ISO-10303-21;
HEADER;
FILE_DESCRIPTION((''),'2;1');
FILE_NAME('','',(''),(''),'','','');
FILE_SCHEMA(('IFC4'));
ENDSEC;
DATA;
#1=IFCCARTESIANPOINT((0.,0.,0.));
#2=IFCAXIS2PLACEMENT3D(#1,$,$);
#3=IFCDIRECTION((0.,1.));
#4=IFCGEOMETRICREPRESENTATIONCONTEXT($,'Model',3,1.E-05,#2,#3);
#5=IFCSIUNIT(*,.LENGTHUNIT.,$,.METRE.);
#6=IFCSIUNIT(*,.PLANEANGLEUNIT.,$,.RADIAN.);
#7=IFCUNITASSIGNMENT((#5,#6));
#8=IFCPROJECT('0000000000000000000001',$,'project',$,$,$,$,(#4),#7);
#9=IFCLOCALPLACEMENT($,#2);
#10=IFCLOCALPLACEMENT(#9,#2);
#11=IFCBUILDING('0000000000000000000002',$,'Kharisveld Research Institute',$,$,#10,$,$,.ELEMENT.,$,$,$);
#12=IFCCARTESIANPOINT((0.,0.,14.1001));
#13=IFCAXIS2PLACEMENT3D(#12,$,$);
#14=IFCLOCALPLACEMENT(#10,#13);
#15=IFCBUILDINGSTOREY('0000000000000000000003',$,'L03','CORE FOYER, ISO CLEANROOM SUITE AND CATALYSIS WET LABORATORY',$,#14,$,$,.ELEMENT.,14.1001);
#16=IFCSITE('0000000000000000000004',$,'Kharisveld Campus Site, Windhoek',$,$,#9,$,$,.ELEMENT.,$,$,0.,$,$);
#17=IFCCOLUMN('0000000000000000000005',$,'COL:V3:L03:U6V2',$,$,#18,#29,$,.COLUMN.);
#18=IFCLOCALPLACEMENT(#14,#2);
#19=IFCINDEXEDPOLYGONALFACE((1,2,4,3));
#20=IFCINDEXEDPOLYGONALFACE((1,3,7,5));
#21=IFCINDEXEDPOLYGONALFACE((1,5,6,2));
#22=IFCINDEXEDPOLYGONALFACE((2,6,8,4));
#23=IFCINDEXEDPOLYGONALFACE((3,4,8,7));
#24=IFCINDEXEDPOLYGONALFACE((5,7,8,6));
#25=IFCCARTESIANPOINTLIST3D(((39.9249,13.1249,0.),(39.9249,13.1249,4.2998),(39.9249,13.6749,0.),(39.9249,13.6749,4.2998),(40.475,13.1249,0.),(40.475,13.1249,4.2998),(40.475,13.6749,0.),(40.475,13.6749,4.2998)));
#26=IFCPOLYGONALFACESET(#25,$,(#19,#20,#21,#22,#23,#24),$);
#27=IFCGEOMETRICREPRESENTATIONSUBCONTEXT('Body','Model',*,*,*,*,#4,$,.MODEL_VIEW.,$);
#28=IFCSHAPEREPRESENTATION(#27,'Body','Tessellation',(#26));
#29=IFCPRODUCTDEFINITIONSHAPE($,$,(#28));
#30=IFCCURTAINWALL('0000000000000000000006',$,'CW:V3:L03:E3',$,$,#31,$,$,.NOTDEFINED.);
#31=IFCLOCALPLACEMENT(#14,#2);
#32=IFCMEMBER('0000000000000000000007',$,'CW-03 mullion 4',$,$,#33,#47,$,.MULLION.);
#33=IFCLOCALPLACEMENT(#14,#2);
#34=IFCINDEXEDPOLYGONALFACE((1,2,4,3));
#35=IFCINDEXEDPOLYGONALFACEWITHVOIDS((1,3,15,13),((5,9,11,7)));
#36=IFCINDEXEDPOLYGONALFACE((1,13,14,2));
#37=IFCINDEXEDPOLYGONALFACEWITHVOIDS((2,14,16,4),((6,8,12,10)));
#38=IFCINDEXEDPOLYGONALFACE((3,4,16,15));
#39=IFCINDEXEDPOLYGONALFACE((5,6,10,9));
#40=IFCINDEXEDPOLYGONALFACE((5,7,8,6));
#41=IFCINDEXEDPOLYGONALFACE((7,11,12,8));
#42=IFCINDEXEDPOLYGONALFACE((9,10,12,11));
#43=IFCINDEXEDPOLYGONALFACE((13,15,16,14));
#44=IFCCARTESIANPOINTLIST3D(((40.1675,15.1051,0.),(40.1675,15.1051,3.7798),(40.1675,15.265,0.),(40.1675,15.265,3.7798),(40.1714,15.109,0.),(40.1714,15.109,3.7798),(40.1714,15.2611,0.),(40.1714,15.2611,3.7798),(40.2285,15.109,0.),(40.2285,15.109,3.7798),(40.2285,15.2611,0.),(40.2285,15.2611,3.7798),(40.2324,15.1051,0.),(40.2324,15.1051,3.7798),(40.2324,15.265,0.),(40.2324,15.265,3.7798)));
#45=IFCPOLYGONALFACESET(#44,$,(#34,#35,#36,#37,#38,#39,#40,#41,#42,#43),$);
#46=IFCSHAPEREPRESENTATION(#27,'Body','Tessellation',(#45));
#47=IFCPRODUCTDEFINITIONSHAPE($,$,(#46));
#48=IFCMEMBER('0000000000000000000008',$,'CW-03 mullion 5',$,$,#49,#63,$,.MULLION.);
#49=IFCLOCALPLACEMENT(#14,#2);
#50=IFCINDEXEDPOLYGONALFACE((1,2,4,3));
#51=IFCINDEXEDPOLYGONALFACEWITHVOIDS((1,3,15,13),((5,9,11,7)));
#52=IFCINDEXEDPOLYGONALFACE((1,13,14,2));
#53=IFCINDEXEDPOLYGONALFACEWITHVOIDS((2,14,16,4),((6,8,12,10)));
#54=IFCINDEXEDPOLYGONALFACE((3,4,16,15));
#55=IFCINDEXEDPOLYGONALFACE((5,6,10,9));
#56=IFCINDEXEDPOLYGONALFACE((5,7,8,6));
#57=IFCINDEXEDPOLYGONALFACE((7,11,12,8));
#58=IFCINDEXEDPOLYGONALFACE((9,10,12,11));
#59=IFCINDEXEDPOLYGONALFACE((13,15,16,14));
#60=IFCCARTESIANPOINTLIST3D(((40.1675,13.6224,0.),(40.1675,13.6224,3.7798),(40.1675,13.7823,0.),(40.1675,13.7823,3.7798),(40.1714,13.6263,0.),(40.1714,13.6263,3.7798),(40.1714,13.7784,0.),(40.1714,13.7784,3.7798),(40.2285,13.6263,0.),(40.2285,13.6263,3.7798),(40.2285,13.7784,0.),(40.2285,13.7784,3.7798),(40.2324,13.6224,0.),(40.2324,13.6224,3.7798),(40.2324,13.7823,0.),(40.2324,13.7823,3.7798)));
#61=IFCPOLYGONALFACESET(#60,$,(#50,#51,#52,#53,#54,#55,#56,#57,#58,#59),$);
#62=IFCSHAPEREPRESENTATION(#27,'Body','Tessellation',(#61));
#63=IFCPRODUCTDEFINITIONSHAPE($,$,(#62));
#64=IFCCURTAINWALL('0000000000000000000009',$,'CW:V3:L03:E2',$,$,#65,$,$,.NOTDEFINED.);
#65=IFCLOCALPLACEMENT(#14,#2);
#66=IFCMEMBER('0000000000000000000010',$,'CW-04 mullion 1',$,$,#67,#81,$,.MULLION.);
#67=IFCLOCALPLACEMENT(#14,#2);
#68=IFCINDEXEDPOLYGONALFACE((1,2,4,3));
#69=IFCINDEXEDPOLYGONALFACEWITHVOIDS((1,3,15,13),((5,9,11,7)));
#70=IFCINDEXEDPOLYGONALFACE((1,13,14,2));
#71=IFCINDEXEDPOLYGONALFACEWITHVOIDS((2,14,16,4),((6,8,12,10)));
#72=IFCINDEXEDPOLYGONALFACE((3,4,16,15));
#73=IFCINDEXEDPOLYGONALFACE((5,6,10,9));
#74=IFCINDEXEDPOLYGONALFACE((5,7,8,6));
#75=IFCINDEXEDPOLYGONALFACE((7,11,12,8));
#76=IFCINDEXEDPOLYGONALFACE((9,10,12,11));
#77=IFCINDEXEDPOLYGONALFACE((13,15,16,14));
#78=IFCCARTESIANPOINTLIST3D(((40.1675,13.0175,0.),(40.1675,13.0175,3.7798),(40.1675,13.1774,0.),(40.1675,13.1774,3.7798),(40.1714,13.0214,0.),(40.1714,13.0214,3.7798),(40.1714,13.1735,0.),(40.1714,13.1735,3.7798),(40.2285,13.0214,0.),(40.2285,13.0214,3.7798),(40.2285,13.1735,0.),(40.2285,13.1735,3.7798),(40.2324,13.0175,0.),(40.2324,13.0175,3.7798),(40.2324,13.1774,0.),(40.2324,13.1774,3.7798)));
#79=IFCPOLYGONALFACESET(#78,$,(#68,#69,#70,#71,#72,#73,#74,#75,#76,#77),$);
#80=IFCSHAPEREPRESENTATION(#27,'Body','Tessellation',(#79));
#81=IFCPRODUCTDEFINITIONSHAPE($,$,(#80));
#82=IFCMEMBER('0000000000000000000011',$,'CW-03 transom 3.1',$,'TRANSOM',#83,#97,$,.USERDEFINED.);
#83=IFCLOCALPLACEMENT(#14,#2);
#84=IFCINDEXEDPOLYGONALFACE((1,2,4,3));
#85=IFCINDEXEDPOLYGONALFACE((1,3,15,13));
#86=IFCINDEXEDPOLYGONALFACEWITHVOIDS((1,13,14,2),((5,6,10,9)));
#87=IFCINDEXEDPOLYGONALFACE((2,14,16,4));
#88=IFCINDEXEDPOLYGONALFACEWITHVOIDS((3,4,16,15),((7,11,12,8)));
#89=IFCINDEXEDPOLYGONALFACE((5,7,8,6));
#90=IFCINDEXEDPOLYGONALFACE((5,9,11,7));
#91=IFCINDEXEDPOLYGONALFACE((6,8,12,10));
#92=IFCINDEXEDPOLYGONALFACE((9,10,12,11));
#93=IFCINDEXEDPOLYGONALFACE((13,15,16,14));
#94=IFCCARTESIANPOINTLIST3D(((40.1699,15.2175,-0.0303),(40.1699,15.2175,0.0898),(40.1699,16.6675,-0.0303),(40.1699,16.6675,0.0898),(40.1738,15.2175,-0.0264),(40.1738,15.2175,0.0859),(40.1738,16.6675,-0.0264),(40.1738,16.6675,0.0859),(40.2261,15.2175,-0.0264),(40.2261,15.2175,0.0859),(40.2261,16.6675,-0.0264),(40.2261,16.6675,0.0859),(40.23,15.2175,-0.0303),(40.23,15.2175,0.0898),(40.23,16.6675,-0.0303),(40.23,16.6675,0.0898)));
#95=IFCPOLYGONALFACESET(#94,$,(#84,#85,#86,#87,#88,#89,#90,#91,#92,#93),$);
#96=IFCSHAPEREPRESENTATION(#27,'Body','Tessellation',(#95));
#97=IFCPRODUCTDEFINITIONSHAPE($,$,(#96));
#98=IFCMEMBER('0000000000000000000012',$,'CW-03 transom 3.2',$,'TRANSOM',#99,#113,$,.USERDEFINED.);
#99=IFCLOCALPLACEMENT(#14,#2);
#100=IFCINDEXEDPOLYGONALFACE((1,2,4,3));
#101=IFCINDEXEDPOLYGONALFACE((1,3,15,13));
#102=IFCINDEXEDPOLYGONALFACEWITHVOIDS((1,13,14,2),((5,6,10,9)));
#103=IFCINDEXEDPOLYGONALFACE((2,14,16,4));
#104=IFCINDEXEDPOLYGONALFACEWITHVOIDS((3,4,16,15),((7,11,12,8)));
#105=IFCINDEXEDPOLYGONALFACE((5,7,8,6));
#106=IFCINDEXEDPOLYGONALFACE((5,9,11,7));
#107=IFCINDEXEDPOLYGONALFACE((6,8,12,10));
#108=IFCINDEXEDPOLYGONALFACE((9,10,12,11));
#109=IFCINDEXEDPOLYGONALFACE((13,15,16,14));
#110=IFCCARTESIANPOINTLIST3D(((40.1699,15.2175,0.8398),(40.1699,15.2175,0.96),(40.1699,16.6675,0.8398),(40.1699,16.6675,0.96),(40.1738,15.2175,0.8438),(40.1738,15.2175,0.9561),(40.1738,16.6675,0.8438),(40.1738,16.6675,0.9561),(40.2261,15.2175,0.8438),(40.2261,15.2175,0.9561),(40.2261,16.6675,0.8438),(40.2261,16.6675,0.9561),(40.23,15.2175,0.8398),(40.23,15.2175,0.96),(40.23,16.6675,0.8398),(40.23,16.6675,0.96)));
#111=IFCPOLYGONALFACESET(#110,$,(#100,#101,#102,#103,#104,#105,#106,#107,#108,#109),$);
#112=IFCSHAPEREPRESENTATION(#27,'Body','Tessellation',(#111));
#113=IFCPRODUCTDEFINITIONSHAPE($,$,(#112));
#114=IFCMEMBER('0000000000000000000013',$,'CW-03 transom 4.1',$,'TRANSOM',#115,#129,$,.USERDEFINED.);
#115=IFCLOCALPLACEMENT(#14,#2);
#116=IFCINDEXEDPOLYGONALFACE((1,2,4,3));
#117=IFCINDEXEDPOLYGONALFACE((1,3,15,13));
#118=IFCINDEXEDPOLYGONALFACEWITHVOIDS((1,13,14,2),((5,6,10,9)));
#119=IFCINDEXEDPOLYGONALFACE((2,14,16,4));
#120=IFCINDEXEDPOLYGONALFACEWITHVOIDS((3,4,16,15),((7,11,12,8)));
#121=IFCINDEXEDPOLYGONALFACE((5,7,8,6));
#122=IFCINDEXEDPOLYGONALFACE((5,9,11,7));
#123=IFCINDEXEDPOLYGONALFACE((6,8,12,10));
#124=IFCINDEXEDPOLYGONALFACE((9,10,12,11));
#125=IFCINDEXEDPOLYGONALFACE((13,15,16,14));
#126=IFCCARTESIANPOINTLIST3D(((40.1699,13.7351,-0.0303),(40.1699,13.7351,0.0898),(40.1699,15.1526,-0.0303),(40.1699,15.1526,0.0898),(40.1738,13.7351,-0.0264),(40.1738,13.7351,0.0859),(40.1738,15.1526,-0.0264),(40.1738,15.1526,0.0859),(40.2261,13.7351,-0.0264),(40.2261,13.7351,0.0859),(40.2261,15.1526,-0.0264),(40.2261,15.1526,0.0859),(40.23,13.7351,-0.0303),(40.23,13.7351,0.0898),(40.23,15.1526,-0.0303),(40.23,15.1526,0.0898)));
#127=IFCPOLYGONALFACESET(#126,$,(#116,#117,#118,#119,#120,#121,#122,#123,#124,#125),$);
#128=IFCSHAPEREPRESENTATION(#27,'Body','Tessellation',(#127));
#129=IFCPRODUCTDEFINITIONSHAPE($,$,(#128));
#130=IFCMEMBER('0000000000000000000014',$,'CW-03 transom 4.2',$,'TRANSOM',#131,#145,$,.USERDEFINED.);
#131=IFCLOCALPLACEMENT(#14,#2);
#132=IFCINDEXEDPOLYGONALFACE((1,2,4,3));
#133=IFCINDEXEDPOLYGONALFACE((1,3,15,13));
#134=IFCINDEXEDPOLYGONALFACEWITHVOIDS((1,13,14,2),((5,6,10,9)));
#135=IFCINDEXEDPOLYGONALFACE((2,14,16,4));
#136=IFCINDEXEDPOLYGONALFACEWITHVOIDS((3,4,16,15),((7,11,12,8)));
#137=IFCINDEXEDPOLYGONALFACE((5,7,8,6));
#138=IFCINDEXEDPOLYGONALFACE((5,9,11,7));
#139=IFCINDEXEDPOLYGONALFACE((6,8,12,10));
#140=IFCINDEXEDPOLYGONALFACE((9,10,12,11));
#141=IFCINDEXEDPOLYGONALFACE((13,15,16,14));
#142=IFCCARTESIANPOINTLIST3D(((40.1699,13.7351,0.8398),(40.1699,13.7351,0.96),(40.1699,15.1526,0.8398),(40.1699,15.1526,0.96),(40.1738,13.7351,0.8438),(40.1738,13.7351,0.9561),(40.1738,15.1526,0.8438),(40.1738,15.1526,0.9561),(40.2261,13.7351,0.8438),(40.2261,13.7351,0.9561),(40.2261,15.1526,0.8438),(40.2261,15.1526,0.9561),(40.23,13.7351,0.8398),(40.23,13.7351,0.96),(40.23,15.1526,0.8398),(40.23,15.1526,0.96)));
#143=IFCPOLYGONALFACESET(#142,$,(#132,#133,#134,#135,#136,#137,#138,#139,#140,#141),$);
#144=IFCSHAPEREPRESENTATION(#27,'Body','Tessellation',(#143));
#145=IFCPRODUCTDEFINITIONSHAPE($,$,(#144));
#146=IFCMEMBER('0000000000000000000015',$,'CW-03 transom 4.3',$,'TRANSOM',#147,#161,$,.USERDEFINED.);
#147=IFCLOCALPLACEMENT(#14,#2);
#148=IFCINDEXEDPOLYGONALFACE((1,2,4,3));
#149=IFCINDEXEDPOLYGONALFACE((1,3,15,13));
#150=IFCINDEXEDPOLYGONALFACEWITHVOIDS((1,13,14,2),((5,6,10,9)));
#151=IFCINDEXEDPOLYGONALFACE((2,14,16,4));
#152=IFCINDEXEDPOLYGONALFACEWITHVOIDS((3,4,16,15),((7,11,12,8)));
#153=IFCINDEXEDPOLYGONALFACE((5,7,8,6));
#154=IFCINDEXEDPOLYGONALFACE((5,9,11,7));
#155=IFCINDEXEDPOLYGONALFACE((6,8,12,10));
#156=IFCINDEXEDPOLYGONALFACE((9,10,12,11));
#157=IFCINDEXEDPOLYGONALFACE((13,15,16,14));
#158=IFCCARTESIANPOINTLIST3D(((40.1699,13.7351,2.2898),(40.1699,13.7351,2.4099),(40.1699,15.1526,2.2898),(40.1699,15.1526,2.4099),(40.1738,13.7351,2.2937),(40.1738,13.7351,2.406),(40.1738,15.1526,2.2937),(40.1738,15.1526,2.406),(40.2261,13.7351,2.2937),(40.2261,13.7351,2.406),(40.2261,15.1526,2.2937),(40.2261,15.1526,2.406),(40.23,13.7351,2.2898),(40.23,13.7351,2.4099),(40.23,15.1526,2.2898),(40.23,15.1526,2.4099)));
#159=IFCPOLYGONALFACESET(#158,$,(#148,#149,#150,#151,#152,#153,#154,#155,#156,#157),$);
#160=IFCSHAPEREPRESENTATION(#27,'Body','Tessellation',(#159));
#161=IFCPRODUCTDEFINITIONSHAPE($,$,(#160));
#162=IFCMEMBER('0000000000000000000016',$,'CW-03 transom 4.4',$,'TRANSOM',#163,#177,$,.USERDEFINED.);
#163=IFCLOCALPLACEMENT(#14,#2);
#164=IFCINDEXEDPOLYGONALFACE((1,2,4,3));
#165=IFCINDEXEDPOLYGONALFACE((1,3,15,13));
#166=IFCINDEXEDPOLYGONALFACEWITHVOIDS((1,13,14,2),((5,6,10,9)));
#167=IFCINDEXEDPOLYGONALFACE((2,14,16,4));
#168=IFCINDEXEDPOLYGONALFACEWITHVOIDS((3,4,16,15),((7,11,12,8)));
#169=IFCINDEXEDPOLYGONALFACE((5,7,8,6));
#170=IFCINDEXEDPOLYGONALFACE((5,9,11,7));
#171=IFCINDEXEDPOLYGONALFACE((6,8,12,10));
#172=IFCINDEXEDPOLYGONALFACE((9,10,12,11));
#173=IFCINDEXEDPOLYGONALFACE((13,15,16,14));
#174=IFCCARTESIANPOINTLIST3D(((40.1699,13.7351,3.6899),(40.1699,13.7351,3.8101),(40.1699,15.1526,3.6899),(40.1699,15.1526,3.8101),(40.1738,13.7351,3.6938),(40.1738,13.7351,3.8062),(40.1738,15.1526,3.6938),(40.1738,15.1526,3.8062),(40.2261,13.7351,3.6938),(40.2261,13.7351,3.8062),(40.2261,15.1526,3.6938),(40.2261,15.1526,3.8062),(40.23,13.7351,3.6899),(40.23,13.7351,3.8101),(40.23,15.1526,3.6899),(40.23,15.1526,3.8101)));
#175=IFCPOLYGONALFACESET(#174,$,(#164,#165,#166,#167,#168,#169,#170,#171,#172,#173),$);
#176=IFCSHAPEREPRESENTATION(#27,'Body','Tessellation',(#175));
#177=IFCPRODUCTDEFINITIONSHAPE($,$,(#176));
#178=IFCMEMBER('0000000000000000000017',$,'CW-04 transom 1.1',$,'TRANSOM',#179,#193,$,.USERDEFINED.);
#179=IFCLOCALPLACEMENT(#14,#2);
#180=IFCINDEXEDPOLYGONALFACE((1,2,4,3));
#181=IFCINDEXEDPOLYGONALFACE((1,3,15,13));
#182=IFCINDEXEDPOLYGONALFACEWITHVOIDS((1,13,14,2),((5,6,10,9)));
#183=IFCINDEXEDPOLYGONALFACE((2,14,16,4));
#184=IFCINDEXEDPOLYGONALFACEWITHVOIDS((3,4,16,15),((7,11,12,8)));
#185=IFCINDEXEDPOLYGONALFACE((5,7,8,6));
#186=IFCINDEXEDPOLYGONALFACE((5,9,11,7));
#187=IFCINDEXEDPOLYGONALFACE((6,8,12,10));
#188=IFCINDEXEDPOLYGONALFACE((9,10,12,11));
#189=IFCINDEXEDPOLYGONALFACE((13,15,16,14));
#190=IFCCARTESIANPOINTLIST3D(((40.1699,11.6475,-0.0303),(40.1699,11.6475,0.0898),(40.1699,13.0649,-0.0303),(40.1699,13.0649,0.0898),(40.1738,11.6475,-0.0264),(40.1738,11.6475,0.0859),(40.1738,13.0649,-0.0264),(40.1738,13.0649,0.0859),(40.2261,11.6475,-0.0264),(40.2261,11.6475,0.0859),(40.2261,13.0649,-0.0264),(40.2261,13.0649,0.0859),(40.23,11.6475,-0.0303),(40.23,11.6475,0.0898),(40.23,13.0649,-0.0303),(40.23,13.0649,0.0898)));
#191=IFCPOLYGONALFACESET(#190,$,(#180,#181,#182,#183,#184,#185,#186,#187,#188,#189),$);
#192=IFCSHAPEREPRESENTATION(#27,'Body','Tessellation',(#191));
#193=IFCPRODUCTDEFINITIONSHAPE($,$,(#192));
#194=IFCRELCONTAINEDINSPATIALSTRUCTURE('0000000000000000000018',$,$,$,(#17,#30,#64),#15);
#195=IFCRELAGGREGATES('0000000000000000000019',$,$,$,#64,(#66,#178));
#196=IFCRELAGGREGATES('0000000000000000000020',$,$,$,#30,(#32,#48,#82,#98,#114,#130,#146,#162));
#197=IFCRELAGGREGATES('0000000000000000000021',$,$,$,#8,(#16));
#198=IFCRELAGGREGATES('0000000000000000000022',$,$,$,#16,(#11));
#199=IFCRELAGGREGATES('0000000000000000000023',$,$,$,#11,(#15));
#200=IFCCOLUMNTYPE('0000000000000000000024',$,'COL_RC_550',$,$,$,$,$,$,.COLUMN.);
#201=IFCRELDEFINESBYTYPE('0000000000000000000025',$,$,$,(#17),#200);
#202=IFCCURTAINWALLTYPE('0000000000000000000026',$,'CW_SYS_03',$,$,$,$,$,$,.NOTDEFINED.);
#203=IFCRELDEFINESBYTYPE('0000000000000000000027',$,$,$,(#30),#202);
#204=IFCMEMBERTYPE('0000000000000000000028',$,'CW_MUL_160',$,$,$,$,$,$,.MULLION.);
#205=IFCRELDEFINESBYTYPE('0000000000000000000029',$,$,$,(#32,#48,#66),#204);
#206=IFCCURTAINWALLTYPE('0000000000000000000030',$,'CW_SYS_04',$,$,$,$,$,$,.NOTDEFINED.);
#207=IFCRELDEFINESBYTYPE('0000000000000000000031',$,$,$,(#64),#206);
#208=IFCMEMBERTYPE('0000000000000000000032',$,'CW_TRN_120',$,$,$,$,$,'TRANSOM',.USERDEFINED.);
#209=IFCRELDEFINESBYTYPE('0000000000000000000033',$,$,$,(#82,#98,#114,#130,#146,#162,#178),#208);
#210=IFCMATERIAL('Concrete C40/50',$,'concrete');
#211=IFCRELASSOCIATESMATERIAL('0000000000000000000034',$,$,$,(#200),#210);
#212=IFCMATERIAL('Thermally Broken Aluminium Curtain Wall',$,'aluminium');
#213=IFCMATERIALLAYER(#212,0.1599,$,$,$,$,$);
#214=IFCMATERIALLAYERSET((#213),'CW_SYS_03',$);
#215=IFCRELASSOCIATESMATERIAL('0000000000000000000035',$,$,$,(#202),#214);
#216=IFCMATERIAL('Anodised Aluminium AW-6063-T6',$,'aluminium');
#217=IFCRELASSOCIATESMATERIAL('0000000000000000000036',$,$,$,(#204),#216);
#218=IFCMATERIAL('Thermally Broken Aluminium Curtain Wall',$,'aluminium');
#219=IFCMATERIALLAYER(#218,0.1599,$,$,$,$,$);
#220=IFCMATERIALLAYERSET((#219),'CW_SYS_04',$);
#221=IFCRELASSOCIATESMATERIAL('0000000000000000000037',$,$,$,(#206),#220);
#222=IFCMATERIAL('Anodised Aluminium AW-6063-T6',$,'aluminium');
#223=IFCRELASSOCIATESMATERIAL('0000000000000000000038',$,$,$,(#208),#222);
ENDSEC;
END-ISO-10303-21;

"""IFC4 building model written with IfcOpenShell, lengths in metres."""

from ifc_helpers import new_model, si_unit, direction, frame, origin, origin_2d, place, context, subcontext, project, spatial, rectangle, hollow_rectangle, extrude, material, layer, layer_set, material_profile, profile_set, type_object, element, aggregate, save


model = new_model("IFC4")

# Units and contexts
model_context = context("Model", 3, precision=1e-05, world=origin(), true_north=direction((0.0, 1.0)))
body_context = subcontext(model_context, "Body", "Model", "MODEL_VIEW")
ifc_project = project(units=[si_unit("LENGTHUNIT", "METRE"), si_unit("PLANEANGLEUNIT", "RADIAN")], contexts=[model_context])

# Site, building, storey
site_placement = place(None, origin())
site = spatial("IfcSite", under=ifc_project, at=site_placement, Name="Kharisveld Campus Site, Windhoek", CompositionType="ELEMENT", RefElevation=0.0)
building_placement = place(site_placement, origin())
building = spatial("IfcBuilding", under=site, at=building_placement, Name="Kharisveld Research Institute", CompositionType="ELEMENT")
storey_placement = place(building_placement, frame((0.0, 0.0, 14.1001)))
storey = spatial("IfcBuildingStorey", under=building, at=storey_placement, Name="L03", Description="CORE FOYER, ISO CLEANROOM SUITE AND CATALYSIS WET LABORATORY", CompositionType="ELEMENT", Elevation=14.1001)

# Column
ifc_material_1 = material(Name="Concrete C40/50", Category="concrete")
ifc_material_profile_1 = material_profile(ifc_material_1, rectangle(XDim=0.55, YDim=0.55, at=origin_2d()))
ifc_profile_set_1 = profile_set([ifc_material_profile_1], Name="Concrete C40/50")
column_type = type_object("IfcColumnType", Name="COL_RC_550", PredefinedType="COLUMN", material=ifc_profile_set_1)
column_placement = place(storey_placement, frame((40.2, 13.3999, 0.0), z_axis=(0.0, 0.0, 1.0), x_axis=(1.0, 0.0, 0.0)))
element("IfcColumn", 1, at=column_placement, inside=storey, type_object=column_type, Name="COL:V3:L03:U6V2", PredefinedType="COLUMN", context=body_context, shape_type="SweptSolid", body=[
    extrude(rectangle(XDim=0.55, YDim=0.55, at=origin_2d()), origin(), (0.0, 0.0, 1.0), 4.2998),
])

# Curtain wall, members
ifc_material_2 = material(Name="Thermally Broken Aluminium Curtain Wall", Category="aluminium")
ifc_layer_1 = layer(ifc_material_2, 0.1599)
ifc_layer_set_1 = layer_set([ifc_layer_1], Name="CW_SYS_03")
curtain_wall_type_1 = type_object("IfcCurtainWallType", Name="CW_SYS_03", PredefinedType="NOTDEFINED", material=ifc_layer_set_1)
curtain_wall_1_placement = place(storey_placement, origin())
curtain_wall_1 = element("IfcCurtainWall", 2, at=curtain_wall_1_placement, inside=storey, type_object=curtain_wall_type_1, Name="CW:V3:L03:E3", PredefinedType="NOTDEFINED")
ifc_material_3 = material(Name="Anodised Aluminium AW-6063-T6", Category="aluminium")
ifc_material_profile_2 = material_profile(ifc_material_3, hollow_rectangle(XDim=0.0649, YDim=0.1599, WallThickness=0.0039, at=origin_2d()))
ifc_profile_set_2 = profile_set([ifc_material_profile_2], Name="Anodised Aluminium AW-6063-T6")
member_type_1 = type_object("IfcMemberType", Name="CW_MUL_160", PredefinedType="MULLION", material=ifc_profile_set_2)
member_1_placement = place(storey_placement, frame((40.2, 15.1851, 0.0), z_axis=(0.0, 0.0, 1.0), x_axis=(1.0, 0.0, 0.0)))
member_1 = element("IfcMember", 3, at=member_1_placement, type_object=member_type_1, Name="CW-03 mullion 4", PredefinedType="MULLION", context=body_context, shape_type="SweptSolid", body=[
    extrude(hollow_rectangle(XDim=0.0649, YDim=0.1599, WallThickness=0.0039, at=origin_2d()), origin(), (0.0, 0.0, 1.0), 3.7798),
])
member_2_placement = place(storey_placement, frame((40.2, 13.7024, 0.0), z_axis=(0.0, 0.0, 1.0), x_axis=(1.0, 0.0, 0.0)))
member_2 = element("IfcMember", 4, at=member_2_placement, type_object=member_type_1, Name="CW-03 mullion 5", PredefinedType="MULLION", context=body_context, shape_type="SweptSolid", body=[
    extrude(hollow_rectangle(XDim=0.0649, YDim=0.1599, WallThickness=0.0039, at=origin_2d()), origin(), (0.0, 0.0, 1.0), 3.7798),
])

# Curtain wall, member
ifc_material_4 = material(Name="Thermally Broken Aluminium Curtain Wall", Category="aluminium")
ifc_layer_2 = layer(ifc_material_4, 0.1599)
ifc_layer_set_2 = layer_set([ifc_layer_2], Name="CW_SYS_04")
curtain_wall_type_2 = type_object("IfcCurtainWallType", Name="CW_SYS_04", PredefinedType="NOTDEFINED", material=ifc_layer_set_2)
curtain_wall_2_placement = place(storey_placement, origin())
curtain_wall_2 = element("IfcCurtainWall", 5, at=curtain_wall_2_placement, inside=storey, type_object=curtain_wall_type_2, Name="CW:V3:L03:E2", PredefinedType="NOTDEFINED")
member_3_placement = place(storey_placement, frame((40.2, 13.0974, 0.0), z_axis=(0.0, 0.0, 1.0), x_axis=(1.0, 0.0, 0.0)))
member_3 = element("IfcMember", 6, at=member_3_placement, type_object=member_type_1, Name="CW-04 mullion 1", PredefinedType="MULLION", context=body_context, shape_type="SweptSolid", body=[
    extrude(hollow_rectangle(XDim=0.0649, YDim=0.1599, WallThickness=0.0039, at=origin_2d()), origin(), (0.0, 0.0, 1.0), 3.7798),
])

# Members
ifc_material_5 = material(Name="Anodised Aluminium AW-6063-T6", Category="aluminium")
ifc_material_profile_3 = material_profile(ifc_material_5, hollow_rectangle(XDim=0.0601, YDim=0.1201, WallThickness=0.0039, at=origin_2d()))
ifc_profile_set_3 = profile_set([ifc_material_profile_3], Name="Anodised Aluminium AW-6063-T6")
member_type_2 = type_object("IfcMemberType", Name="CW_TRN_120", ElementType="TRANSOM", PredefinedType="USERDEFINED", material=ifc_profile_set_3)
member_4_placement = place(storey_placement, frame((40.2, 16.6675, 0.0298), z_axis=(0.0, -1.0, 0.0), x_axis=(1.0, 0.0, 0.0)))
member_4 = element("IfcMember", 7, at=member_4_placement, type_object=member_type_2, Name="CW-03 transom 3.1", ObjectType="TRANSOM", PredefinedType="USERDEFINED", context=body_context, shape_type="SweptSolid", body=[
    extrude(hollow_rectangle(XDim=0.0601, YDim=0.1201, WallThickness=0.0039, at=origin_2d()), origin(), (0.0, 0.0, 1.0), 1.45),
])
member_5_placement = place(storey_placement, frame((40.2, 16.6675, 0.8999), z_axis=(0.0, -1.0, 0.0), x_axis=(1.0, 0.0, 0.0)))
member_5 = element("IfcMember", 8, at=member_5_placement, type_object=member_type_2, Name="CW-03 transom 3.2", ObjectType="TRANSOM", PredefinedType="USERDEFINED", context=body_context, shape_type="SweptSolid", body=[
    extrude(hollow_rectangle(XDim=0.0601, YDim=0.1201, WallThickness=0.0039, at=origin_2d()), origin(), (0.0, 0.0, 1.0), 1.45),
])
member_6_placement = place(storey_placement, frame((40.2, 15.1526, 0.0298), z_axis=(0.0, -1.0, 0.0), x_axis=(1.0, 0.0, 0.0)))
member_6 = element("IfcMember", 9, at=member_6_placement, type_object=member_type_2, Name="CW-03 transom 4.1", ObjectType="TRANSOM", PredefinedType="USERDEFINED", context=body_context, shape_type="SweptSolid", body=[
    extrude(hollow_rectangle(XDim=0.0601, YDim=0.1201, WallThickness=0.0039, at=origin_2d()), origin(), (0.0, 0.0, 1.0), 1.4175),
])
member_7_placement = place(storey_placement, frame((40.2, 15.1526, 0.8999), z_axis=(0.0, -1.0, 0.0), x_axis=(1.0, 0.0, 0.0)))
member_7 = element("IfcMember", 10, at=member_7_placement, type_object=member_type_2, Name="CW-03 transom 4.2", ObjectType="TRANSOM", PredefinedType="USERDEFINED", context=body_context, shape_type="SweptSolid", body=[
    extrude(hollow_rectangle(XDim=0.0601, YDim=0.1201, WallThickness=0.0039, at=origin_2d()), origin(), (0.0, 0.0, 1.0), 1.4175),
])
member_8_placement = place(storey_placement, frame((40.2, 15.1526, 2.3499), z_axis=(0.0, -1.0, 0.0), x_axis=(1.0, 0.0, 0.0)))
member_8 = element("IfcMember", 11, at=member_8_placement, type_object=member_type_2, Name="CW-03 transom 4.3", ObjectType="TRANSOM", PredefinedType="USERDEFINED", context=body_context, shape_type="SweptSolid", body=[
    extrude(hollow_rectangle(XDim=0.0601, YDim=0.1201, WallThickness=0.0039, at=origin_2d()), origin(), (0.0, 0.0, 1.0), 1.4175),
])
member_9_placement = place(storey_placement, frame((40.2, 15.1526, 3.75), z_axis=(0.0, -1.0, 0.0), x_axis=(1.0, 0.0, 0.0)))
member_9 = element("IfcMember", 12, at=member_9_placement, type_object=member_type_2, Name="CW-03 transom 4.4", ObjectType="TRANSOM", PredefinedType="USERDEFINED", context=body_context, shape_type="SweptSolid", body=[
    extrude(hollow_rectangle(XDim=0.0601, YDim=0.1201, WallThickness=0.0039, at=origin_2d()), origin(), (0.0, 0.0, 1.0), 1.4175),
])
member_10_placement = place(storey_placement, frame((40.2, 13.0649, 0.0298), z_axis=(0.0, -1.0, 0.0), x_axis=(1.0, 0.0, 0.0)))
member_10 = element("IfcMember", 13, at=member_10_placement, type_object=member_type_2, Name="CW-04 transom 1.1", ObjectType="TRANSOM", PredefinedType="USERDEFINED", context=body_context, shape_type="SweptSolid", body=[
    extrude(hollow_rectangle(XDim=0.0601, YDim=0.1201, WallThickness=0.0039, at=origin_2d()), origin(), (0.0, 0.0, 1.0), 1.4175),
])

aggregate(curtain_wall_2, [member_3, member_10])
aggregate(curtain_wall_1, [member_1, member_2, member_4, member_5, member_6, member_7, member_8, member_9])

save(model, "model.ifc")
